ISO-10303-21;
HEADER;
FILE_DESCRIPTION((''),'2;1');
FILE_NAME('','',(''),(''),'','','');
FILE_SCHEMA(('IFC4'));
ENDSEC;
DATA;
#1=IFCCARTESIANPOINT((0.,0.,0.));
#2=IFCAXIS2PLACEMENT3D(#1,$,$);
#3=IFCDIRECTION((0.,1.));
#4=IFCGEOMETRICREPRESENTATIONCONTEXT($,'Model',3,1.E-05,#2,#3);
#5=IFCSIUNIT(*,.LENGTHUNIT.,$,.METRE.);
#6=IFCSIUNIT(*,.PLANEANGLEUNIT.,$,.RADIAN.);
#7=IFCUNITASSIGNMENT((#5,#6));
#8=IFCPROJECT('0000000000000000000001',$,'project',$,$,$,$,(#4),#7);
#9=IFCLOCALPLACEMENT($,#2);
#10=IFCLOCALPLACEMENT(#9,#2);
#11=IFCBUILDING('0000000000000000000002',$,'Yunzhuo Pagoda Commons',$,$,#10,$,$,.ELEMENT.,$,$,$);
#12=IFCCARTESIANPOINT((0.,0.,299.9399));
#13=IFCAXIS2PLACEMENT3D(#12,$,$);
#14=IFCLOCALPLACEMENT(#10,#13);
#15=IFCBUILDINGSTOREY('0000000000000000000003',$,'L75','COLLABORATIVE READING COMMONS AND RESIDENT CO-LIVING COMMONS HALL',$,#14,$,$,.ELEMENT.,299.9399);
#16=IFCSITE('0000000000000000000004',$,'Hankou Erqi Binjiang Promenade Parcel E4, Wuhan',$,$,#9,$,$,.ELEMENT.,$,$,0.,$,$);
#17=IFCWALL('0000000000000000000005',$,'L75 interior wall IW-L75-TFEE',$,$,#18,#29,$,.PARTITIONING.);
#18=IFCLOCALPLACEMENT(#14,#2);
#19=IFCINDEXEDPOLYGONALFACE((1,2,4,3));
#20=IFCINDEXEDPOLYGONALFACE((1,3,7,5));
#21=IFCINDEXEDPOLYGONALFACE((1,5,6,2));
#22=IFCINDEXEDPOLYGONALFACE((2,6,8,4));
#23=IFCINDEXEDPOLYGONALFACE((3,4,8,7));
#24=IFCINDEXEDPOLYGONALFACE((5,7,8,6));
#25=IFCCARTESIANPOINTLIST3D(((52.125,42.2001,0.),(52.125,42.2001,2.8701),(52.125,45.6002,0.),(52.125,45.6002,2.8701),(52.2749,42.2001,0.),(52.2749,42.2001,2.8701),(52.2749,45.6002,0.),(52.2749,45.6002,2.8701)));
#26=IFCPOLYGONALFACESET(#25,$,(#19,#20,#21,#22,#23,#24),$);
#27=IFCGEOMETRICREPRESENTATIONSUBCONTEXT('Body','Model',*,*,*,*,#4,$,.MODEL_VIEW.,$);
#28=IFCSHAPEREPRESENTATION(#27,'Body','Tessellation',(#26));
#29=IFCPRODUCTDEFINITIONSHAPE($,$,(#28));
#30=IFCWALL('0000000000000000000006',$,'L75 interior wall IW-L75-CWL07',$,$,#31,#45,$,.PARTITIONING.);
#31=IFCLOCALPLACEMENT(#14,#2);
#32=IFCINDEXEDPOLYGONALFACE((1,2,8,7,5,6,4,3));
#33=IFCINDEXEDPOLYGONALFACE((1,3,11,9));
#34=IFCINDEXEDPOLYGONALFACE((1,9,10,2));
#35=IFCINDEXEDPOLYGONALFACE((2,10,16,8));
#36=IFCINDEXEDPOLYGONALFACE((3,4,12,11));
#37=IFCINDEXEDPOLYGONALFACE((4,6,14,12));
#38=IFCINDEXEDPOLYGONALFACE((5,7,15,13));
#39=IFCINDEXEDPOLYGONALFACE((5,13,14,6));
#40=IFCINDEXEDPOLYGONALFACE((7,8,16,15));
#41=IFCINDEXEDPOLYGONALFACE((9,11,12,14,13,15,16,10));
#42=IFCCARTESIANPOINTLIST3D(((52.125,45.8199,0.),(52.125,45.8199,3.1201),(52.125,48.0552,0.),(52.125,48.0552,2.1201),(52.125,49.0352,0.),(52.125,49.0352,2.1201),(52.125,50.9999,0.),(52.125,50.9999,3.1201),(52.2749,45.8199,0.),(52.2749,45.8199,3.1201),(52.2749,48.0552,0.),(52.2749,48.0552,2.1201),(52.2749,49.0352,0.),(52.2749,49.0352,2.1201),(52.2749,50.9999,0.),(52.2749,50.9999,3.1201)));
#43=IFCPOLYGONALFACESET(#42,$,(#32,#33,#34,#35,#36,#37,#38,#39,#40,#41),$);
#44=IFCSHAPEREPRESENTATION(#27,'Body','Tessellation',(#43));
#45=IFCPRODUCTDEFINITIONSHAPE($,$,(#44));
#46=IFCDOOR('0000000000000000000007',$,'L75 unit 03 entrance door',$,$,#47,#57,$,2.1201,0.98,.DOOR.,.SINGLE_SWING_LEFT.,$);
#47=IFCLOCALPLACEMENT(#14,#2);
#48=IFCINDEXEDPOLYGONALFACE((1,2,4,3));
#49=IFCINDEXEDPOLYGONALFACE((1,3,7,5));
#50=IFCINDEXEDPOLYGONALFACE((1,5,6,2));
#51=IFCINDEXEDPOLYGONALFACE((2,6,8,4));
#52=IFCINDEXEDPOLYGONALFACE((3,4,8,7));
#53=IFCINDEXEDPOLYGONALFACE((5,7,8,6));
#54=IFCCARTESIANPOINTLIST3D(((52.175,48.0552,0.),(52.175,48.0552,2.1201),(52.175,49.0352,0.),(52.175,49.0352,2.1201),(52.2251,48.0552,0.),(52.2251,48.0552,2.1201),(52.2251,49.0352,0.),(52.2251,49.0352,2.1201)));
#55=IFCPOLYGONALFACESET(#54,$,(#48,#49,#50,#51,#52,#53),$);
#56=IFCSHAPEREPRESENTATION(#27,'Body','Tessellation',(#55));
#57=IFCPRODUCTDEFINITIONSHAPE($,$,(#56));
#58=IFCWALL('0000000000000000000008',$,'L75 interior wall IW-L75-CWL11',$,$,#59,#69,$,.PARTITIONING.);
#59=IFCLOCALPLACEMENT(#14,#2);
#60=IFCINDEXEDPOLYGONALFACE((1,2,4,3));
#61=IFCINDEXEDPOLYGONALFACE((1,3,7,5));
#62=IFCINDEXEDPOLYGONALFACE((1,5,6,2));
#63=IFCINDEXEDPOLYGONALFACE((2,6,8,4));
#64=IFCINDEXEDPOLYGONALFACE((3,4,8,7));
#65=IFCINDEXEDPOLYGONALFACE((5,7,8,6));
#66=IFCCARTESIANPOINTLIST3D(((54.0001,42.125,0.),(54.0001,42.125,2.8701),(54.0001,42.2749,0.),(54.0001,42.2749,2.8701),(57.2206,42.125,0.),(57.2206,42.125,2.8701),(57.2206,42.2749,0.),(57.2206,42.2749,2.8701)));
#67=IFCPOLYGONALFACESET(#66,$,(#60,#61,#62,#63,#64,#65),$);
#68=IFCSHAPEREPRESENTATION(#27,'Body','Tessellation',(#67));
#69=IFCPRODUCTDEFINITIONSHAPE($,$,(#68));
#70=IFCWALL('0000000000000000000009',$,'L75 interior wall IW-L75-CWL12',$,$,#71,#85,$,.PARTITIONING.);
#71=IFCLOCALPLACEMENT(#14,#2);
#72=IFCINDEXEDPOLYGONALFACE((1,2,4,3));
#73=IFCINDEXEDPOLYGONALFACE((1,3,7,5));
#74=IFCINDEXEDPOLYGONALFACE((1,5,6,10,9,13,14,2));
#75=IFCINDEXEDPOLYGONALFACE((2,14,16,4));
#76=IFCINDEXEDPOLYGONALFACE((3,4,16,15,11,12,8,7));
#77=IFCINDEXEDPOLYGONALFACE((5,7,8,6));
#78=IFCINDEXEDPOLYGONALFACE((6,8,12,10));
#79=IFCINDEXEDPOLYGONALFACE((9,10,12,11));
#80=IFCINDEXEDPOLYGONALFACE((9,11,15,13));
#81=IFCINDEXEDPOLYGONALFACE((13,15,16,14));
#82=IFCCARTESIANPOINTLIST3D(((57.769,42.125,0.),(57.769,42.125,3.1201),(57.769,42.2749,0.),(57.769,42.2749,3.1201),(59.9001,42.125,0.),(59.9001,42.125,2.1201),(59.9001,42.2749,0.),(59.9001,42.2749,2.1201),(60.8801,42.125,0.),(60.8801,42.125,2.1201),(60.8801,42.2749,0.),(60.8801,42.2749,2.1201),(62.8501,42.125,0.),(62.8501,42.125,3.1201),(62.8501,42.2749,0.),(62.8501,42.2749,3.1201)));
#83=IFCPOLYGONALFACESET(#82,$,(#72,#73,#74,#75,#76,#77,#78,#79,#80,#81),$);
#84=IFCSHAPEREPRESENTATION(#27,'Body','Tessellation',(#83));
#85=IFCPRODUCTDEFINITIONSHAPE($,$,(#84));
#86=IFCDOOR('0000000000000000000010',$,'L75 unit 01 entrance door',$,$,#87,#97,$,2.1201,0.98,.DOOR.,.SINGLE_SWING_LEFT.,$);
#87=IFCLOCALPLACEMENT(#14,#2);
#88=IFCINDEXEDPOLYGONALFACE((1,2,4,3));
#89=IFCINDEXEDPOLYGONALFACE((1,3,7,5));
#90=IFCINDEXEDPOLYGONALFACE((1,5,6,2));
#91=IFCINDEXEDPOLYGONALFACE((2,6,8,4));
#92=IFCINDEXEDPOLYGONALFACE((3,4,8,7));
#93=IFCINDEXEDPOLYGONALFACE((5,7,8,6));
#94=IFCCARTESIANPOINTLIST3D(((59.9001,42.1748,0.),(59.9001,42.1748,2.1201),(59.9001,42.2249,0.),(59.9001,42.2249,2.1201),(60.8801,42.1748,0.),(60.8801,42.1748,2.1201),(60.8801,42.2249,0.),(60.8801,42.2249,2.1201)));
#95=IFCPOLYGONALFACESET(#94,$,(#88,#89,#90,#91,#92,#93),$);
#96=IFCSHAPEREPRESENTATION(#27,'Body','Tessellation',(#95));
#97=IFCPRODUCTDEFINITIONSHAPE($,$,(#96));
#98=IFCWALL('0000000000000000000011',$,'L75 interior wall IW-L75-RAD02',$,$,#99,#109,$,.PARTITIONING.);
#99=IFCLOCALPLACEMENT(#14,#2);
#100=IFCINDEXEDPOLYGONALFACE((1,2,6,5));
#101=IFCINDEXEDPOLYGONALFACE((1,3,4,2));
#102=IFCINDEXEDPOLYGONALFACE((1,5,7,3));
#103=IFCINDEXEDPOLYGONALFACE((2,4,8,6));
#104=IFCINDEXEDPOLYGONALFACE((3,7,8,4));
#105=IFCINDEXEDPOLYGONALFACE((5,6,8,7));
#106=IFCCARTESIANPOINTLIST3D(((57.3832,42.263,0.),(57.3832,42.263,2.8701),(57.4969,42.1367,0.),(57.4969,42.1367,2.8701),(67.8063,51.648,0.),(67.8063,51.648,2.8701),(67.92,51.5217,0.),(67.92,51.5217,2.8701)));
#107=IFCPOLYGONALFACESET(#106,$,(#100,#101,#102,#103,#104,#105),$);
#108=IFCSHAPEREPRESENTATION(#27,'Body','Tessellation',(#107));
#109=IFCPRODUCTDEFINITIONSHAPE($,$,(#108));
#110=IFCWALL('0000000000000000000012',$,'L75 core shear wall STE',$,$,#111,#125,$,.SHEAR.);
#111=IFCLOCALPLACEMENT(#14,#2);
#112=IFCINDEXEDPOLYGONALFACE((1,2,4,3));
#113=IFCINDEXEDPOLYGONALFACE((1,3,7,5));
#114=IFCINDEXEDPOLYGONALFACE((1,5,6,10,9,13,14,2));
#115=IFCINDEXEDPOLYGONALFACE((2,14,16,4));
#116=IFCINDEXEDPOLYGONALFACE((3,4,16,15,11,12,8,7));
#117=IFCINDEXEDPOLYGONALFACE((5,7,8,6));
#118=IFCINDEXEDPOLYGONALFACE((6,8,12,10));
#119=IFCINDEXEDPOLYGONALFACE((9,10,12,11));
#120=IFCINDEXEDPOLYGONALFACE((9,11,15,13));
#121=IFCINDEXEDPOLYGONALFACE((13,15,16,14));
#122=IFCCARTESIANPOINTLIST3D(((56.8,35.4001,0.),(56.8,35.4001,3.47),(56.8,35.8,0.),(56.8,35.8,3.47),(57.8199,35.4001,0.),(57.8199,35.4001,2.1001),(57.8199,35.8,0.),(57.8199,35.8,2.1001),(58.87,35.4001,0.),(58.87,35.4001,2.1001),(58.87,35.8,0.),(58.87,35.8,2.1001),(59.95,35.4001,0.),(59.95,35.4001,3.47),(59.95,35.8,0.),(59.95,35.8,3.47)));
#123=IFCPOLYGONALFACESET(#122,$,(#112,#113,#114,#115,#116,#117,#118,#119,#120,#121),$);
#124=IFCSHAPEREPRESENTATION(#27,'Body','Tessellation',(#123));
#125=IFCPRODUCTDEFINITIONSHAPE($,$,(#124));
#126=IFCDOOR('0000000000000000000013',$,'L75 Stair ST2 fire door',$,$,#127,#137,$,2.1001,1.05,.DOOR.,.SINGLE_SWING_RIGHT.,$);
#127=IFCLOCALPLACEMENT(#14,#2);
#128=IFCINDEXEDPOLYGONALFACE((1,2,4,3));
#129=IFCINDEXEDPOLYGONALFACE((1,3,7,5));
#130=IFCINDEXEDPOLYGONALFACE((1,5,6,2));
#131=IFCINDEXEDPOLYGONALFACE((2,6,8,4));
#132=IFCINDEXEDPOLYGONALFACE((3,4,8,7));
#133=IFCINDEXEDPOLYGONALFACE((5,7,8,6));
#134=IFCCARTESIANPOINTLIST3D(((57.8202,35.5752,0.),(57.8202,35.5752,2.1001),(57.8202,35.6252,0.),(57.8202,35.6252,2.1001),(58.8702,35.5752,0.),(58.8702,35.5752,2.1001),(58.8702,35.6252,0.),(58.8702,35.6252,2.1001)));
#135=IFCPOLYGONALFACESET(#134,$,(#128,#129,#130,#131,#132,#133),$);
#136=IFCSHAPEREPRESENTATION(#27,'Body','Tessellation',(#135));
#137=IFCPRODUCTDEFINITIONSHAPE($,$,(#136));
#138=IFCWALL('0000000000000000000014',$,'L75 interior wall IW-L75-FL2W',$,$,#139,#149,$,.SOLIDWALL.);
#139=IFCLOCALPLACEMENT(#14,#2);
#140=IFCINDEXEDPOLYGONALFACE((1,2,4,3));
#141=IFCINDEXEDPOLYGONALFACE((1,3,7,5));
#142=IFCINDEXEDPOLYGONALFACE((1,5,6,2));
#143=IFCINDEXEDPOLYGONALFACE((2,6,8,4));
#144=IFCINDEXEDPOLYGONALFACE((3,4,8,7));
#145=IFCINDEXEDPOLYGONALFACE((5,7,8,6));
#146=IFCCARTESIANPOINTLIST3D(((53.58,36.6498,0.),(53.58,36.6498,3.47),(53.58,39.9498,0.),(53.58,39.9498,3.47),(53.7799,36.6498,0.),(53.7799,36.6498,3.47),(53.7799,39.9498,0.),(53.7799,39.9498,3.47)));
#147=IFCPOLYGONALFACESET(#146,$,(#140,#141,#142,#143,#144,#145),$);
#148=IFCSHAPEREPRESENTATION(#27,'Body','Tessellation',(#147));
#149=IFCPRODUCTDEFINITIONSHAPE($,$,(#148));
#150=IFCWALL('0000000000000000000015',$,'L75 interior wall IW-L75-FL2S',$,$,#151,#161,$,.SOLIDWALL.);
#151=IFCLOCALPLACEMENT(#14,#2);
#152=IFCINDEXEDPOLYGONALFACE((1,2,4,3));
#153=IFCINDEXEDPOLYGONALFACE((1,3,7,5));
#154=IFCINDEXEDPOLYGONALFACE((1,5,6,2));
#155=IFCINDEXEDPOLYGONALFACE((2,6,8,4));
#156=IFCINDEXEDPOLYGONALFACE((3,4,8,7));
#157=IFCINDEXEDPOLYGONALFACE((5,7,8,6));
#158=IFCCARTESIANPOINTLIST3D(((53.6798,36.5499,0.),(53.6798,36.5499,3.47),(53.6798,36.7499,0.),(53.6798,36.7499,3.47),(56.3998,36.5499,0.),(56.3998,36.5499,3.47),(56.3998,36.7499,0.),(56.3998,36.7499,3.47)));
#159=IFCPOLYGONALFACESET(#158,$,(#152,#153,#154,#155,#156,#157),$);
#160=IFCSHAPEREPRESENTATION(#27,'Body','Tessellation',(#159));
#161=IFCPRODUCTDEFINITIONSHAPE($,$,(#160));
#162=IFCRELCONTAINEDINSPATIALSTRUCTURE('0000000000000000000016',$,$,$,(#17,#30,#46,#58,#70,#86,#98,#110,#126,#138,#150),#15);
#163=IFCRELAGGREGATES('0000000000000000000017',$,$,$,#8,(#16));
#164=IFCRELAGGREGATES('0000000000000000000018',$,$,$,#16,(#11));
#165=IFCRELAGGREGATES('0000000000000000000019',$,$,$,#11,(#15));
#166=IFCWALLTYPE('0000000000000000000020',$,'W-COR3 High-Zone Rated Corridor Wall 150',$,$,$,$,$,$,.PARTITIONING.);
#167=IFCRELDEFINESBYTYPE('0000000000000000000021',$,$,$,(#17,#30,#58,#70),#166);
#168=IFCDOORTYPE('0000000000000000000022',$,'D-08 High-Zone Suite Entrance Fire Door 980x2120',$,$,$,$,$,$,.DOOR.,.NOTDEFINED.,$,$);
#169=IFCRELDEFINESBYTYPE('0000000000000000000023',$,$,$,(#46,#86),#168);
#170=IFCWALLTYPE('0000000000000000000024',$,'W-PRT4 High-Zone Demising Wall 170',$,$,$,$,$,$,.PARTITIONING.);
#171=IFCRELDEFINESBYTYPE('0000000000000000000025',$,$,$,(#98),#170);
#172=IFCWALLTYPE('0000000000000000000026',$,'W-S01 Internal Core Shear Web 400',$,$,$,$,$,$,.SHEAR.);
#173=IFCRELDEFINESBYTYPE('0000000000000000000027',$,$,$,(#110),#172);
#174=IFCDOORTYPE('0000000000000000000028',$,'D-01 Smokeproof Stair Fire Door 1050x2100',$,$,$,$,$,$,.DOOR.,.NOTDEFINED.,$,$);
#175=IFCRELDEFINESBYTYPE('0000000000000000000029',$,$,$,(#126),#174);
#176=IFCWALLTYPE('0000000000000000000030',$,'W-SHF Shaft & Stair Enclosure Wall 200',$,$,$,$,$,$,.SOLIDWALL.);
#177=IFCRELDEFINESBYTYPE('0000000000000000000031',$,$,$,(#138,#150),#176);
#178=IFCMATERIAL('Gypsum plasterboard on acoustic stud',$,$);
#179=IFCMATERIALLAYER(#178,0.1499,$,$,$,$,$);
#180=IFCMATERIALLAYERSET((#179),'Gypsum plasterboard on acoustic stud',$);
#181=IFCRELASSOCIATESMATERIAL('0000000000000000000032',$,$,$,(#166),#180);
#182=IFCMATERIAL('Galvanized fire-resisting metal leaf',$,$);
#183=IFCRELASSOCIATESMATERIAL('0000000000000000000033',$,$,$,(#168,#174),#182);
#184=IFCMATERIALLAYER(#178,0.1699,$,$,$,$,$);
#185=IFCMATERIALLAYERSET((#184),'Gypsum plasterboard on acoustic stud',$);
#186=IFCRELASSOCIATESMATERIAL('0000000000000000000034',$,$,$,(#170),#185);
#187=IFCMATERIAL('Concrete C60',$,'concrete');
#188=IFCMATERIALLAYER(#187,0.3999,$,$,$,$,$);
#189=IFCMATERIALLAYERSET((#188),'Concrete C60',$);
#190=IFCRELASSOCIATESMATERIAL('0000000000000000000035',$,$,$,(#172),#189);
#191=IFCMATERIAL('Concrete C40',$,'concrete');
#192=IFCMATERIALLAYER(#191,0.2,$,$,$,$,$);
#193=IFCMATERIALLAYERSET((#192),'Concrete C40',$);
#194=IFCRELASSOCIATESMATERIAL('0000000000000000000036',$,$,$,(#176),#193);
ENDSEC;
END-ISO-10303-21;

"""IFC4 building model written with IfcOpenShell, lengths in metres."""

from ifc_helpers import new_model, si_unit, direction, frame, frame_2d, origin, origin_with_axes, place, context, subcontext, project, spatial, rectangle, extrude, source, transform, mapped, material, layer, layer_set, type_object, element, fill, save


model = new_model("IFC4")

# Units and contexts
model_context = context("Model", 3, precision=1e-05, world=origin(), true_north=direction((0.0, 1.0)))
body_context = subcontext(model_context, "Body", "Model", "MODEL_VIEW")
ifc_project = project(units=[si_unit("LENGTHUNIT", "METRE"), si_unit("PLANEANGLEUNIT", "RADIAN")], contexts=[model_context])

# Site, building, storey
site_placement = place(None, origin())
site = spatial("IfcSite", under=ifc_project, at=site_placement, Name="Hankou Erqi Binjiang Promenade Parcel E4, Wuhan", CompositionType="ELEMENT", RefElevation=0.0)
building_placement = place(site_placement, origin())
building = spatial("IfcBuilding", under=site, at=building_placement, Name="Yunzhuo Pagoda Commons", CompositionType="ELEMENT")
storey_placement = place(building_placement, frame((0.0, 0.0, 299.9399)))
storey = spatial("IfcBuildingStorey", under=building, at=storey_placement, Name="L75", Description="COLLABORATIVE READING COMMONS AND RESIDENT CO-LIVING COMMONS HALL", CompositionType="ELEMENT", Elevation=299.9399)

# Shared definitions
ifc_material_1 = material(Name="Galvanized fire-resisting metal leaf")
shared_shape_1 = source(origin(), body_context, "Body", "SweptSolid", [
    extrude(rectangle(XDim=1.05, YDim=2.1001, at=frame_2d((0.5249, 1.05))), frame((0.0, 0.0249, 0.0), z_axis=(0.0, -1.0, 0.0), x_axis=(1.0, 0.0, 0.0)), (0.0, 0.0, 1.0), 0.05),
])
ifc_material_2 = material(Name="Gypsum plasterboard on acoustic stud")
ifc_layer_1 = layer(ifc_material_2, 0.1499)
ifc_layer_set_1 = layer_set([ifc_layer_1], Name="Gypsum plasterboard on acoustic stud")
wall_type_1 = type_object("IfcWallType", Name="W-COR3 High-Zone Rated Corridor Wall 150", PredefinedType="PARTITIONING", material=ifc_layer_set_1)

# Wall
wall_1_placement = place(storey_placement, frame((52.2, 42.2, 0.0), z_axis=(0.0, 0.0, 1.0), x_axis=(0.0, 1.0, 0.0)))
element("IfcWall", 1, at=wall_1_placement, inside=storey, type_object=wall_type_1, Name="L75 interior wall IW-L75-TFEE", PredefinedType="PARTITIONING", context=body_context, shape_type="SweptSolid", body=[
    extrude(rectangle(XDim=3.4001, YDim=0.1499, at=frame_2d((1.7002, 0.0))), origin(), (0.0, 0.0, 1.0), 2.8701),
])

# Wall, opening, door
wall_2_placement = place(storey_placement, frame((52.2, 45.8201, 0.0), z_axis=(0.0, 0.0, 1.0), x_axis=(0.0, 1.0, 0.0)))
wall_2 = element("IfcWall", 2, at=wall_2_placement, inside=storey, type_object=wall_type_1, Name="L75 interior wall IW-L75-CWL07", PredefinedType="PARTITIONING", context=body_context, shape_type="SweptSolid", body=[
    extrude(rectangle(XDim=5.1799, YDim=0.1499, at=frame_2d((2.5898, 0.0))), origin(), (0.0, 0.0, 1.0), 3.1201),
])
opening_1_placement = place(wall_2_placement, frame((2.2351, 0.0, 0.0)))
opening_1 = element("IfcOpeningElement", 3, at=opening_1_placement, cuts=wall_2, PredefinedType="OPENING", context=body_context, shape_type="SweptSolid", body=[
    extrude(rectangle(XDim=0.98, YDim=2.1201, at=frame_2d((0.49, 1.0601))), frame((0.0, 0.085, 0.0), z_axis=(0.0, -1.0, 0.0), x_axis=(1.0, 0.0, 0.0)), (0.0, 0.0, 1.0), 0.1699),
])
door_type_1 = type_object("IfcDoorType", Name="D-08 High-Zone Suite Entrance Fire Door 980x2120", OperationType="NOTDEFINED", PredefinedType="DOOR", material=ifc_material_1)
shared_shape_2 = source(origin(), body_context, "Body", "SweptSolid", [
    extrude(rectangle(XDim=0.98, YDim=2.1201, at=frame_2d((0.49, 1.0601))), frame((0.0, 0.0249, 0.0), z_axis=(0.0, -1.0, 0.0), x_axis=(1.0, 0.0, 0.0)), (0.0, 0.0, 1.0), 0.05),
])
door_1_placement = place(opening_1_placement, origin_with_axes())
door_1 = element("IfcDoor", 4, at=door_1_placement, inside=storey, type_object=door_type_1, Name="L75 unit 03 entrance door", OperationType="SINGLE_SWING_LEFT", OverallHeight=2.1201, OverallWidth=0.98, PredefinedType="DOOR", context=body_context, shape_type="MappedRepresentation", body=[
    mapped(shared_shape_2, transform((0.0, 0.0, 0.0), scale=1.0)),
])
fill(opening_1, door_1)

# Wall
wall_3_placement = place(storey_placement, frame((54.0, 42.2, 0.0), z_axis=(0.0, 0.0, 1.0), x_axis=(1.0, 0.0, 0.0)))
element("IfcWall", 5, at=wall_3_placement, inside=storey, type_object=wall_type_1, Name="L75 interior wall IW-L75-CWL11", PredefinedType="PARTITIONING", context=body_context, shape_type="SweptSolid", body=[
    extrude(rectangle(XDim=3.2205, YDim=0.1499, at=frame_2d((1.6104, 0.0))), origin(), (0.0, 0.0, 1.0), 2.8701),
])

# Wall, opening, door
wall_4_placement = place(storey_placement, frame((57.769, 42.2, 0.0), z_axis=(0.0, 0.0, 1.0), x_axis=(1.0, 0.0, 0.0)))
wall_4 = element("IfcWall", 6, at=wall_4_placement, inside=storey, type_object=wall_type_1, Name="L75 interior wall IW-L75-CWL12", PredefinedType="PARTITIONING", context=body_context, shape_type="SweptSolid", body=[
    extrude(rectangle(XDim=5.0811, YDim=0.1499, at=frame_2d((2.5405, 0.0))), origin(), (0.0, 0.0, 1.0), 3.1201),
])
opening_2_placement = place(wall_4_placement, frame((2.1311, 0.0, 0.0)))
opening_2 = element("IfcOpeningElement", 7, at=opening_2_placement, cuts=wall_4, PredefinedType="OPENING", context=body_context, shape_type="SweptSolid", body=[
    extrude(rectangle(XDim=0.98, YDim=2.1201, at=frame_2d((0.49, 1.0601))), frame((0.0, 0.085, 0.0), z_axis=(0.0, -1.0, 0.0), x_axis=(1.0, 0.0, 0.0)), (0.0, 0.0, 1.0), 0.1699),
])
door_2_placement = place(opening_2_placement, origin_with_axes())
door_2 = element("IfcDoor", 8, at=door_2_placement, inside=storey, type_object=door_type_1, Name="L75 unit 01 entrance door", OperationType="SINGLE_SWING_LEFT", OverallHeight=2.1201, OverallWidth=0.98, PredefinedType="DOOR", context=body_context, shape_type="MappedRepresentation", body=[
    mapped(shared_shape_2, transform((0.0, 0.0, 0.0), scale=1.0)),
])
fill(opening_2, door_2)

# Wall
ifc_layer_2 = layer(ifc_material_2, 0.1699)
ifc_layer_set_2 = layer_set([ifc_layer_2], Name="Gypsum plasterboard on acoustic stud")
wall_type_2 = type_object("IfcWallType", Name="W-PRT4 High-Zone Demising Wall 170", PredefinedType="PARTITIONING", material=ifc_layer_set_2)
wall_5_placement = place(storey_placement, frame((57.4402, 42.2, 0.0), z_axis=(0.0, 0.0, 1.0), x_axis=(0.743144, 0.669131, 0.0)))
element("IfcWall", 9, at=wall_5_placement, inside=storey, type_object=wall_type_2, Name="L75 interior wall IW-L75-RAD02", PredefinedType="PARTITIONING", context=body_context, shape_type="SweptSolid", body=[
    extrude(rectangle(XDim=14.0256, YDim=0.1699, at=frame_2d((7.0127, 0.0))), origin(), (0.0, 0.0, 1.0), 2.8701),
])

# Wall, opening, door
ifc_material_3 = material(Name="Concrete C60", Category="concrete")
ifc_layer_3 = layer(ifc_material_3, 0.3999)
ifc_layer_set_3 = layer_set([ifc_layer_3], Name="Concrete C60")
wall_type_3 = type_object("IfcWallType", Name="W-S01 Internal Core Shear Web 400", PredefinedType="SHEAR", material=ifc_layer_set_3)
wall_6_placement = place(storey_placement, frame((56.8, 35.6001, 0.0), z_axis=(0.0, 0.0, 1.0), x_axis=(1.0, 0.0, 0.0)))
wall_6 = element("IfcWall", 10, at=wall_6_placement, inside=storey, type_object=wall_type_3, Name="L75 core shear wall STE", PredefinedType="SHEAR", context=body_context, shape_type="SweptSolid", body=[
    extrude(rectangle(XDim=3.1499, YDim=0.3999, at=frame_2d((1.575, 0.0))), origin(), (0.0, 0.0, 1.0), 3.47),
])
opening_3_placement = place(wall_6_placement, frame((1.02, 0.0, 0.0)))
opening_3 = element("IfcOpeningElement", 11, at=opening_3_placement, cuts=wall_6, PredefinedType="OPENING", context=body_context, shape_type="SweptSolid", body=[
    extrude(rectangle(XDim=1.05, YDim=2.1001, at=frame_2d((0.5249, 1.05))), frame((0.0, 0.21, 0.0), z_axis=(0.0, -1.0, 0.0), x_axis=(1.0, 0.0, 0.0)), (0.0, 0.0, 1.0), 0.4199),
])
door_type_2 = type_object("IfcDoorType", Name="D-01 Smokeproof Stair Fire Door 1050x2100", OperationType="NOTDEFINED", PredefinedType="DOOR", material=ifc_material_1)
door_3_placement = place(opening_3_placement, frame((1.05, 0.0, 0.0), z_axis=(0.0, 0.0, 1.0), x_axis=(-1.0, 0.0, 0.0)))
door_3 = element("IfcDoor", 12, at=door_3_placement, inside=storey, type_object=door_type_2, Name="L75 Stair ST2 fire door", OperationType="SINGLE_SWING_RIGHT", OverallHeight=2.1001, OverallWidth=1.05, PredefinedType="DOOR", context=body_context, shape_type="MappedRepresentation", body=[
    mapped(shared_shape_1, transform((0.0, 0.0, 0.0), scale=1.0)),
])
fill(opening_3, door_3)

# Walls
ifc_material_4 = material(Name="Concrete C40", Category="concrete")
ifc_layer_4 = layer(ifc_material_4, 0.2)
ifc_layer_set_4 = layer_set([ifc_layer_4], Name="Concrete C40")
wall_type_4 = type_object("IfcWallType", Name="W-SHF Shaft & Stair Enclosure Wall 200", PredefinedType="SOLIDWALL", material=ifc_layer_set_4)
wall_7_placement = place(storey_placement, frame((53.6799, 36.6499, 0.0), z_axis=(0.0, 0.0, 1.0), x_axis=(0.0, 1.0, 0.0)))
element("IfcWall", 13, at=wall_7_placement, inside=storey, type_object=wall_type_4, Name="L75 interior wall IW-L75-FL2W", PredefinedType="SOLIDWALL", context=body_context, shape_type="SweptSolid", body=[
    extrude(rectangle(XDim=3.3, YDim=0.2, at=frame_2d((1.6499, 0.0))), origin(), (0.0, 0.0, 1.0), 3.47),
])
wall_8_placement = place(storey_placement, frame((53.6799, 36.6499, 0.0), z_axis=(0.0, 0.0, 1.0), x_axis=(1.0, 0.0, 0.0)))
element("IfcWall", 14, at=wall_8_placement, inside=storey, type_object=wall_type_4, Name="L75 interior wall IW-L75-FL2S", PredefinedType="SOLIDWALL", context=body_context, shape_type="SweptSolid", body=[
    extrude(rectangle(XDim=2.72, YDim=0.2, at=frame_2d((1.3599, 0.0))), origin(), (0.0, 0.0, 1.0), 3.47),
])

save(model, "model.ifc")
